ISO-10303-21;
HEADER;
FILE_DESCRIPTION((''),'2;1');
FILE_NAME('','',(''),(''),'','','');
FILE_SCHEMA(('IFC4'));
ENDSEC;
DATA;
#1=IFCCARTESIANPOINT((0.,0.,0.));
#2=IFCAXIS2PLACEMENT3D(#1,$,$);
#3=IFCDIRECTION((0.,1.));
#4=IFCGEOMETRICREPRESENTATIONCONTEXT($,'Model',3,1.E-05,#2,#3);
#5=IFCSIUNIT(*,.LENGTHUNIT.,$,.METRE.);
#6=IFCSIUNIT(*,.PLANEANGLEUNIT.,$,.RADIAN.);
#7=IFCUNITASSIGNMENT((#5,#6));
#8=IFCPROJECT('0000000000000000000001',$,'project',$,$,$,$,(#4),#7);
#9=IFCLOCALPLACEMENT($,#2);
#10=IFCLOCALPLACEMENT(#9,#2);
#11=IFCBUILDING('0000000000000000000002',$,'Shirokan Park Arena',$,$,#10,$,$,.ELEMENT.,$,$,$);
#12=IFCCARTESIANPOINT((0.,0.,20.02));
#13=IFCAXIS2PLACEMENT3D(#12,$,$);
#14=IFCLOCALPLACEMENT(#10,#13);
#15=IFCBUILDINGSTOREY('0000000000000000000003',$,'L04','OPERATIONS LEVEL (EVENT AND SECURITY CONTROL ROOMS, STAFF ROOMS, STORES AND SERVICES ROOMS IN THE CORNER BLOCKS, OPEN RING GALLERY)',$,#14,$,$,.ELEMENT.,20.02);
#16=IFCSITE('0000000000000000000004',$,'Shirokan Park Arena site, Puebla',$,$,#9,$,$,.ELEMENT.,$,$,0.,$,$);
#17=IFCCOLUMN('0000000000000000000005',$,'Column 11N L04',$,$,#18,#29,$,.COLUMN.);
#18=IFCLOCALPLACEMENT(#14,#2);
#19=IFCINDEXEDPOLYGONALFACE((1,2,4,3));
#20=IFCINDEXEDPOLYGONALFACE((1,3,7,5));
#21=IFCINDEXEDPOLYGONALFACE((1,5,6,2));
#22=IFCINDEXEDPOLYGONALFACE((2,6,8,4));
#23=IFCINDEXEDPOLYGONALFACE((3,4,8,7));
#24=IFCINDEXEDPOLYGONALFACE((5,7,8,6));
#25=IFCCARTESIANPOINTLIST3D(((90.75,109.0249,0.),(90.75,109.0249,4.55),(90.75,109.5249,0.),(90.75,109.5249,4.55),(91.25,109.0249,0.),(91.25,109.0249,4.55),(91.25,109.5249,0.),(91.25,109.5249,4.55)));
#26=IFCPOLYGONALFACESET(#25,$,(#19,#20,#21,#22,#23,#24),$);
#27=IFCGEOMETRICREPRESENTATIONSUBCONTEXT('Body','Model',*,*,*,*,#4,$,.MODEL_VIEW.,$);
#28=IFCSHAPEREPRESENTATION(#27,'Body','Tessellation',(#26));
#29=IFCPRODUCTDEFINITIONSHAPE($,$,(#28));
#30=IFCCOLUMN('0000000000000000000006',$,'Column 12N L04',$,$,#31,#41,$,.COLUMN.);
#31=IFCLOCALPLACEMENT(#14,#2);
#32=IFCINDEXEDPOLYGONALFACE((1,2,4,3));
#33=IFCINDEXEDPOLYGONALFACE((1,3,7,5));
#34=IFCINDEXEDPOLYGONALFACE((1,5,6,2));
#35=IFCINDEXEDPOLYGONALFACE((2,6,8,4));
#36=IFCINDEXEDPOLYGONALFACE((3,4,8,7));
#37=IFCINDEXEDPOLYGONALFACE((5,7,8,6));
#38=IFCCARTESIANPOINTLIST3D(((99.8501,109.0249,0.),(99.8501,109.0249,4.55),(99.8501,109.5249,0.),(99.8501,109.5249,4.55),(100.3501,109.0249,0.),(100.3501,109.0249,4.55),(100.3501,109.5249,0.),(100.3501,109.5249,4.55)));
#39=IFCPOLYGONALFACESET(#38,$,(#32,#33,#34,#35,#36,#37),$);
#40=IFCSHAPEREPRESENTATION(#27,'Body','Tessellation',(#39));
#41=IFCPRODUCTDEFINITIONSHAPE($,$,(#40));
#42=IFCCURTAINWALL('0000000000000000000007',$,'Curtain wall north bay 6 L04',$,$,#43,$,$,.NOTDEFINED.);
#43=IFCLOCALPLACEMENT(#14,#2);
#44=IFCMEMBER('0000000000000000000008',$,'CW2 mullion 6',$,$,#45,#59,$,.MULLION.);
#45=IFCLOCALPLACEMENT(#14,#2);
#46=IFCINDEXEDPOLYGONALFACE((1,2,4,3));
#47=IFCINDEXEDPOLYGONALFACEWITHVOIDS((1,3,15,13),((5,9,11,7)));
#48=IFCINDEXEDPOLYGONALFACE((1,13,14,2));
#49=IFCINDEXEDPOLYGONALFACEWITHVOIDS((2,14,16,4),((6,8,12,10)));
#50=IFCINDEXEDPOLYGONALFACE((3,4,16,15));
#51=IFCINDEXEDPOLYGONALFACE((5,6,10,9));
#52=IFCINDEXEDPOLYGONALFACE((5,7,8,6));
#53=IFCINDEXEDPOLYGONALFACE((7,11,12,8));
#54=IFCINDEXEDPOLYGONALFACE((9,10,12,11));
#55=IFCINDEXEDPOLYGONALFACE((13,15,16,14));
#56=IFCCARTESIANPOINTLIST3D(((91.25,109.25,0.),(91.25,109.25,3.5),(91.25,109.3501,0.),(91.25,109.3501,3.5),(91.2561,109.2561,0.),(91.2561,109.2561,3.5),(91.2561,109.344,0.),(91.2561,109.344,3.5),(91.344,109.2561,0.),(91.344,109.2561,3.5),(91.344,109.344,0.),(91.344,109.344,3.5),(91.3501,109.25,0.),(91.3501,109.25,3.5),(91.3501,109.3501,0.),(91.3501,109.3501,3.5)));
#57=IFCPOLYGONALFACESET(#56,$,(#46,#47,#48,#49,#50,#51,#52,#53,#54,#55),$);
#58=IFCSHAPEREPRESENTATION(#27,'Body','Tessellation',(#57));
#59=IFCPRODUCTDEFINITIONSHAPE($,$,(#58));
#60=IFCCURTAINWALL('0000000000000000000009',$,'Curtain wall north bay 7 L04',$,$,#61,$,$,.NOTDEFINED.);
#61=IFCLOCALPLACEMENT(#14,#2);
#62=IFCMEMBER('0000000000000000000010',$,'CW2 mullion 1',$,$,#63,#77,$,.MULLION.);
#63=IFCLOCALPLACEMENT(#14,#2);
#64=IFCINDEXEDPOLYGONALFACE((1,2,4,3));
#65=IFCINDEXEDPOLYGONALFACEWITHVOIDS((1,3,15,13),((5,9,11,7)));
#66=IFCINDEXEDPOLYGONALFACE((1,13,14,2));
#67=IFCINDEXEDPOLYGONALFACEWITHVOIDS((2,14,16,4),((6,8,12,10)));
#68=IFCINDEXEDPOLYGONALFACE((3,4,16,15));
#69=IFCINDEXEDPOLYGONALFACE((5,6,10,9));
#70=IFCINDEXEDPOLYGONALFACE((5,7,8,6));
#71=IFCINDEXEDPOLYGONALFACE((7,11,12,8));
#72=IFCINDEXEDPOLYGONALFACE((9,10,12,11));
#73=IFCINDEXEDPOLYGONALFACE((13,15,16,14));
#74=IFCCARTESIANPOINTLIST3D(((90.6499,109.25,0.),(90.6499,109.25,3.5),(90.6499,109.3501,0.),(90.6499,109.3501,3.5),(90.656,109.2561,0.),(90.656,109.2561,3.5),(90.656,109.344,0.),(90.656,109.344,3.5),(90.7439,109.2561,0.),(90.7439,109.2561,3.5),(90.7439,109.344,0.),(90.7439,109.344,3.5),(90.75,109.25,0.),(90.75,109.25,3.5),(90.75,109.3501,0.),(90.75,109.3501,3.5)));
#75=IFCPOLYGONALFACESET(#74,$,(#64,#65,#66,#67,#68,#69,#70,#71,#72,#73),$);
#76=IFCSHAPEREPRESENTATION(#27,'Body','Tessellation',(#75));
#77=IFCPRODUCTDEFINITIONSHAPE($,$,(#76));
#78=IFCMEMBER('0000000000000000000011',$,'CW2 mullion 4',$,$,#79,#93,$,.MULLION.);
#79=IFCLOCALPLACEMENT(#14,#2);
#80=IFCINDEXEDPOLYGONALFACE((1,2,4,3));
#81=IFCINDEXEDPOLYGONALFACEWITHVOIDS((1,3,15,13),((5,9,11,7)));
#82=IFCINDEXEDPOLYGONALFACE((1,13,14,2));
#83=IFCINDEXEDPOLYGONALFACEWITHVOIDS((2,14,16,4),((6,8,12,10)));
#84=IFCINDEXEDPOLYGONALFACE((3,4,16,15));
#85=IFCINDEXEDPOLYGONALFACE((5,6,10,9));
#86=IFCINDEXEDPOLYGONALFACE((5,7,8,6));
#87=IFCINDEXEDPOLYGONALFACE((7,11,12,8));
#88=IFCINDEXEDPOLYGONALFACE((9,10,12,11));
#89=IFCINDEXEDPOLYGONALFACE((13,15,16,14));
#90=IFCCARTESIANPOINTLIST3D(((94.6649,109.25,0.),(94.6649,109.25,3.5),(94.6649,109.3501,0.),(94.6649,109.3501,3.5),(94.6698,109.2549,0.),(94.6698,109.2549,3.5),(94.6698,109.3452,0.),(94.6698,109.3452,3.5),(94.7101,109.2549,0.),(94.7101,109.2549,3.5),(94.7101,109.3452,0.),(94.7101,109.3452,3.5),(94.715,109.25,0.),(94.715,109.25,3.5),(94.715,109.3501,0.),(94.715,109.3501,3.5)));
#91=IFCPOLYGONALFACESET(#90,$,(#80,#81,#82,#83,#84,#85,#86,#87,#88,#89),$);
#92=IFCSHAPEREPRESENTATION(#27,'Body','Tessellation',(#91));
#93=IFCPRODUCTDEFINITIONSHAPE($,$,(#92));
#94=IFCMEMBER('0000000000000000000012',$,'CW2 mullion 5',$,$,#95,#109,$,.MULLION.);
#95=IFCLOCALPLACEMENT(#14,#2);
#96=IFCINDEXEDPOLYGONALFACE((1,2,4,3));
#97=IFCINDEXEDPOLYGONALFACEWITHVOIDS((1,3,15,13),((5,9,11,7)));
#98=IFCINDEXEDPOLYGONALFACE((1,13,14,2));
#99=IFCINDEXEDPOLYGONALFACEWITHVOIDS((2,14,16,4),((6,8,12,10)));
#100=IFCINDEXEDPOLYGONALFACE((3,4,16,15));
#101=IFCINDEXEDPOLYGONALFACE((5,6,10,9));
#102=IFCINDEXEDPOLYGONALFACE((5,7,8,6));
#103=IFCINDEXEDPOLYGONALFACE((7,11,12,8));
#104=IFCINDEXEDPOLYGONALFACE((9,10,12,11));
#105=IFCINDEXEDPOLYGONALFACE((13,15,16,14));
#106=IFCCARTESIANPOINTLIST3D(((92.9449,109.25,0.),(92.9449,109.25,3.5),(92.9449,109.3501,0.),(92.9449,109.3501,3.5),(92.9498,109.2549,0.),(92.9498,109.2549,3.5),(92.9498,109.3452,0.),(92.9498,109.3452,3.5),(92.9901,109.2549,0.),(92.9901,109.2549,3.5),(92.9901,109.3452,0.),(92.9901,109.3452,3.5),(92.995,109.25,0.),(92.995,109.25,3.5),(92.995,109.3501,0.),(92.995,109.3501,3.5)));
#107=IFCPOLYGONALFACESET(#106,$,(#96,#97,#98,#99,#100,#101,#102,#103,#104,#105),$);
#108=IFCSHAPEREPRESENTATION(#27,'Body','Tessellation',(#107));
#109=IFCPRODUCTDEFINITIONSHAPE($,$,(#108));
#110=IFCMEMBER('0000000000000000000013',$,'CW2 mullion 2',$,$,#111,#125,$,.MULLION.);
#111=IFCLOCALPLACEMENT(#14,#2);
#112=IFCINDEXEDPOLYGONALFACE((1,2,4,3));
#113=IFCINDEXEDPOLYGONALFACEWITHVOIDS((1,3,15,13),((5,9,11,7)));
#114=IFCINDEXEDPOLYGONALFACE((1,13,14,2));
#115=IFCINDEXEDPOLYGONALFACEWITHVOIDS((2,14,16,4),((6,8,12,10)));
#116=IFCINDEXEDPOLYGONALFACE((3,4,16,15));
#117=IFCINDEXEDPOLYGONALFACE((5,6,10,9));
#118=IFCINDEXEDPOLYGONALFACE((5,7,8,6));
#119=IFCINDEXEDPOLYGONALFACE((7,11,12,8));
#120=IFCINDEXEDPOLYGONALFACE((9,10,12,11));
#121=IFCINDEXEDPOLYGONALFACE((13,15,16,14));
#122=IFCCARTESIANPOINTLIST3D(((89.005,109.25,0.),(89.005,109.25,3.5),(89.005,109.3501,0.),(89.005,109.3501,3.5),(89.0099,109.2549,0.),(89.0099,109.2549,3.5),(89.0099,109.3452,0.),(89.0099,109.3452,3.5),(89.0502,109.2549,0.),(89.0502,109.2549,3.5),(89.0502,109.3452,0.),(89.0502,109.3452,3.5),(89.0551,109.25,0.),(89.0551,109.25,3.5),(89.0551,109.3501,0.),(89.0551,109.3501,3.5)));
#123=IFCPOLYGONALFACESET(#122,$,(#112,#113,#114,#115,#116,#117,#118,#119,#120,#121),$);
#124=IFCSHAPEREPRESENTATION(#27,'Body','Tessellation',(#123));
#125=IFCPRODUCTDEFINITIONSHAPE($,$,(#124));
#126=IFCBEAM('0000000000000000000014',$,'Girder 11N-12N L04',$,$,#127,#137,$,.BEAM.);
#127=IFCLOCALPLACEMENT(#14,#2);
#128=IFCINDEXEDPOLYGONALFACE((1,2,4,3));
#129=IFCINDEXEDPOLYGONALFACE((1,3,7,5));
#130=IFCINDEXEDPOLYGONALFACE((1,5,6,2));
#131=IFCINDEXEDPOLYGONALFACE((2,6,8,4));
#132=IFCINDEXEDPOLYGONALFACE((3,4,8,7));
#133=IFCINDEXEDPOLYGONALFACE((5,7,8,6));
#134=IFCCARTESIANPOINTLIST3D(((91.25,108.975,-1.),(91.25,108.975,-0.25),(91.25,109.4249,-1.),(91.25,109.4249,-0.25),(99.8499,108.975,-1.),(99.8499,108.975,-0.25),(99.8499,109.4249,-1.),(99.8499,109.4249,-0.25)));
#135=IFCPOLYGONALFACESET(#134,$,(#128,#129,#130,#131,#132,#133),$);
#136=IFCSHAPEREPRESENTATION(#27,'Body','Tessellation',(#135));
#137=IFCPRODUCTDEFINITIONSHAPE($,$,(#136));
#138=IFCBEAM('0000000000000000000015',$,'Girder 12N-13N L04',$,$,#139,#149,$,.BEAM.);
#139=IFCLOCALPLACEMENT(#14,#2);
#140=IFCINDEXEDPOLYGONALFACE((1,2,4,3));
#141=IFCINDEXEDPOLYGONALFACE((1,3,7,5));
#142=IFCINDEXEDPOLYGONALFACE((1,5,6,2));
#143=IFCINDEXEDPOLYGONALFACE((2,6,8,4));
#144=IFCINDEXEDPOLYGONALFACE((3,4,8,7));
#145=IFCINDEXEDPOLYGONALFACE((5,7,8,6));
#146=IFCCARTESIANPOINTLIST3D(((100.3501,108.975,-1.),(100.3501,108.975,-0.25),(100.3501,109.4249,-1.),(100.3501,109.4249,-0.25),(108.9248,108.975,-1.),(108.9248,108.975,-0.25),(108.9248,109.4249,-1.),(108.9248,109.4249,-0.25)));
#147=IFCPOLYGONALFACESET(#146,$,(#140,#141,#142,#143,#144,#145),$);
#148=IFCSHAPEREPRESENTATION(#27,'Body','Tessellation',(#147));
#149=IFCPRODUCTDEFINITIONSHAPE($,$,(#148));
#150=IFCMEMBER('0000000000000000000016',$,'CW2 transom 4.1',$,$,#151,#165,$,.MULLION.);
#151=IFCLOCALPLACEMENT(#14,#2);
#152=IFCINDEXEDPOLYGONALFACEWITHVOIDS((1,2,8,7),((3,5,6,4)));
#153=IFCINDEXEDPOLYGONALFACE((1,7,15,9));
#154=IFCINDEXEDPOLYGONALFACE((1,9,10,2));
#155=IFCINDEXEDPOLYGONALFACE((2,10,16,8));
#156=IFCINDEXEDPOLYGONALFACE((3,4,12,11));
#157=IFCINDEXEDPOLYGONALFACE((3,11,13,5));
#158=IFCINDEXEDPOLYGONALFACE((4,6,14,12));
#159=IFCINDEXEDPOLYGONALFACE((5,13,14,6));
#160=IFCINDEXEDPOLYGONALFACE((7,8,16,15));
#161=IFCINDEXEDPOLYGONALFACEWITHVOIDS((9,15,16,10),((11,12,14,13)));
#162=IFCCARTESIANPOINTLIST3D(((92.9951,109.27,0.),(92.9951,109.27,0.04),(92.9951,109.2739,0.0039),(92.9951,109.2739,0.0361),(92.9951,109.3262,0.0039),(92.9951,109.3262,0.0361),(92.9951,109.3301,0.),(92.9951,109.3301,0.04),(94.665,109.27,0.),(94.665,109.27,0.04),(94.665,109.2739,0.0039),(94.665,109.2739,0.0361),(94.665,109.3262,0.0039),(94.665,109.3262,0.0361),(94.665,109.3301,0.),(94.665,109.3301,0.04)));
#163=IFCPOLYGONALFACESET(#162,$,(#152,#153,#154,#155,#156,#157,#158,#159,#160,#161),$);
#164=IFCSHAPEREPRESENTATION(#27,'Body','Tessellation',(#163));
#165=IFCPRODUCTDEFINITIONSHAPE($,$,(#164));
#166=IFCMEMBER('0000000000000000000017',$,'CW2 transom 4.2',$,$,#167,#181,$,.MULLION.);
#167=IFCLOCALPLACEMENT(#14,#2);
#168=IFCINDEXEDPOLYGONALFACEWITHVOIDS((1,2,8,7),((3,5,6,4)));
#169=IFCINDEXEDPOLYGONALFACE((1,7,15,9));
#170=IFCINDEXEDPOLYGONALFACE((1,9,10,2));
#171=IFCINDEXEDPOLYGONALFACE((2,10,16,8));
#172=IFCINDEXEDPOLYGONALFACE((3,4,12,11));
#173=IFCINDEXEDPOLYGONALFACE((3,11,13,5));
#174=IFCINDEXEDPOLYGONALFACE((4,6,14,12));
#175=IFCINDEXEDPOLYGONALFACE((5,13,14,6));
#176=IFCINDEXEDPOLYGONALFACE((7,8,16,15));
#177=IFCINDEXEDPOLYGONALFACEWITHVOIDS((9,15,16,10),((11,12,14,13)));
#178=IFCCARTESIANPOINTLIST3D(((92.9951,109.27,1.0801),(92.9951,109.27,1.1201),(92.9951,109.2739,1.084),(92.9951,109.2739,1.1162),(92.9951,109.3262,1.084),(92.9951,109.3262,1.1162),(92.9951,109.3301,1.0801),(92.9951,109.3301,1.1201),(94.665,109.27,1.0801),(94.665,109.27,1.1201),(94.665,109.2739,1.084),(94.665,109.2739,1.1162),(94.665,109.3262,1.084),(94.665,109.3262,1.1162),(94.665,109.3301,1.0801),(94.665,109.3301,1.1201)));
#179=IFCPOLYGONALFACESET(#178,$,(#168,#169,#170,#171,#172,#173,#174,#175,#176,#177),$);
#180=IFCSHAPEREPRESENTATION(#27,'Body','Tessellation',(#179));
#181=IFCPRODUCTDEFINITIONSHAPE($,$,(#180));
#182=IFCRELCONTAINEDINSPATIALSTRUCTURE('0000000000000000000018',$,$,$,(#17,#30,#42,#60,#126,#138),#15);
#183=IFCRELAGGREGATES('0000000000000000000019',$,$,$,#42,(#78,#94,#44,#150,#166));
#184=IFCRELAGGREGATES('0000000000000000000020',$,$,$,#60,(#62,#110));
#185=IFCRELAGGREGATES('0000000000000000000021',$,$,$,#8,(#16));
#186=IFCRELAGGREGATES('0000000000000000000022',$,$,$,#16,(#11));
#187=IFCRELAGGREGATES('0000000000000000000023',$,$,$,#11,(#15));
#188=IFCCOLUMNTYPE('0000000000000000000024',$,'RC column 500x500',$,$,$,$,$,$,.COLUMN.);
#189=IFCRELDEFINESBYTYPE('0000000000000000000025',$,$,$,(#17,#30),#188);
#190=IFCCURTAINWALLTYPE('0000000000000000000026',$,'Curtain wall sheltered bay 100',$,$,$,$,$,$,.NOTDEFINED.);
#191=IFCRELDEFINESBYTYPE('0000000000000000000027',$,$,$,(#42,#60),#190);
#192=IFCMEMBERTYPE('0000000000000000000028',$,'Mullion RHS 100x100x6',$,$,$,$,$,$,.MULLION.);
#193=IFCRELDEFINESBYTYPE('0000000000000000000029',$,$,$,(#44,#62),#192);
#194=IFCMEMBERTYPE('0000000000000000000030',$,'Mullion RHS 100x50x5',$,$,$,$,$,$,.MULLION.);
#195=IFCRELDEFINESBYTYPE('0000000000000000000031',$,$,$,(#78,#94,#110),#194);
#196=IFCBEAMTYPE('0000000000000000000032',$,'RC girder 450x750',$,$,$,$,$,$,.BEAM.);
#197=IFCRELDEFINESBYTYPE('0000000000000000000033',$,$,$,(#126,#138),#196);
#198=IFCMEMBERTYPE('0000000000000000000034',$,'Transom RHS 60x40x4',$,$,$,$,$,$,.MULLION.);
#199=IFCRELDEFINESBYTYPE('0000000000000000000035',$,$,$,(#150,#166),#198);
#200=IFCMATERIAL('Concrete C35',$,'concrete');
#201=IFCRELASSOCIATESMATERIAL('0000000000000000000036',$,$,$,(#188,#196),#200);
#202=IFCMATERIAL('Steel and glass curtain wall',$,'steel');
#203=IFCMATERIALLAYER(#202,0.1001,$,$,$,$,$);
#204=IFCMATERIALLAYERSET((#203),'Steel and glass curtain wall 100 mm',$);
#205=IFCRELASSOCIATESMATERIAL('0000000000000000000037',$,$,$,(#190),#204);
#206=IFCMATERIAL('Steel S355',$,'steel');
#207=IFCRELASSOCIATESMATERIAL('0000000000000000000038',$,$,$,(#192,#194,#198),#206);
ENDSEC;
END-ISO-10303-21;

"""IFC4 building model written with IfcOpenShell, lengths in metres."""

from ifc_helpers import new_model, si_unit, direction, frame, origin, origin_2d, place, context, subcontext, project, spatial, rectangle, hollow_rectangle, extrude, material, layer, layer_set, material_profile, profile_set, type_object, element, aggregate, save


model = new_model("IFC4")

# Units and contexts
model_context = context("Model", 3, precision=1e-05, world=origin(), true_north=direction((0.0, 1.0)))
body_context = subcontext(model_context, "Body", "Model", "MODEL_VIEW")
ifc_project = project(units=[si_unit("LENGTHUNIT", "METRE"), si_unit("PLANEANGLEUNIT", "RADIAN")], contexts=[model_context])

# Site, building, storey
site_placement = place(None, origin())
site = spatial("IfcSite", under=ifc_project, at=site_placement, Name="Shirokan Park Arena site, Puebla", CompositionType="ELEMENT", RefElevation=0.0)
building_placement = place(site_placement, origin())
building = spatial("IfcBuilding", under=site, at=building_placement, Name="Shirokan Park Arena", CompositionType="ELEMENT")
storey_placement = place(building_placement, frame((0.0, 0.0, 20.02)))
storey = spatial("IfcBuildingStorey", under=building, at=storey_placement, Name="L04", Description="OPERATIONS LEVEL (EVENT AND SECURITY CONTROL ROOMS, STAFF ROOMS, STORES AND SERVICES ROOMS IN THE CORNER BLOCKS, OPEN RING GALLERY)", CompositionType="ELEMENT", Elevation=20.02)

# Columns
ifc_material_1 = material(Name="Concrete C35", Category="concrete")
ifc_material_profile_1 = material_profile(ifc_material_1, rectangle(XDim=0.5, YDim=0.5, at=origin_2d()), Name="500x500")
ifc_profile_set_1 = profile_set([ifc_material_profile_1], Name="Concrete C35")
column_type = type_object("IfcColumnType", Name="RC column 500x500", PredefinedType="COLUMN", material=ifc_profile_set_1)
for number, where, z_axis, x_axis, name in (
    (1, (91.0, 109.2749, 0.0), (0.0, 0.0, 1.0), (1.0, 0.0, 0.0), "Column 11N L04"),
    (2, (100.1001, 109.2749, 0.0), (0.0, 0.0, 1.0), (1.0, 0.0, 0.0), "Column 12N L04"),
):
    element("IfcColumn", number, at=place(storey_placement, frame(where, z_axis=z_axis, x_axis=x_axis)), inside=storey, type_object=column_type, Name=name, PredefinedType="COLUMN", context=body_context, shape_type="SweptSolid", body=[
        extrude(rectangle(XDim=0.5, YDim=0.5, at=origin_2d()), origin(), (0.0, 0.0, 1.0), 4.55),
    ])

# Curtain walls, members
ifc_material_2 = material(Name="Steel and glass curtain wall", Category="steel")
ifc_layer_1 = layer(ifc_material_2, 0.1001)
ifc_layer_set_1 = layer_set([ifc_layer_1], Name="Steel and glass curtain wall 100 mm")
curtain_wall_type = type_object("IfcCurtainWallType", Name="Curtain wall sheltered bay 100", PredefinedType="NOTDEFINED", material=ifc_layer_set_1)
curtain_wall_1_placement = place(storey_placement, origin())
curtain_wall_1 = element("IfcCurtainWall", 3, at=curtain_wall_1_placement, inside=storey, type_object=curtain_wall_type, Name="Curtain wall north bay 6 L04", PredefinedType="NOTDEFINED")
ifc_material_3 = material(Name="Steel S355", Category="steel")
ifc_material_profile_2 = material_profile(ifc_material_3, hollow_rectangle(XDim=0.1001, YDim=0.1001, WallThickness=0.0061, at=origin_2d()), Name="RHS 100x100x6")
ifc_profile_set_2 = profile_set([ifc_material_profile_2], Name="Steel S355")
member_type_1 = type_object("IfcMemberType", Name="Mullion RHS 100x100x6", PredefinedType="MULLION", material=ifc_profile_set_2)
member_1_placement = place(storey_placement, frame((91.3, 109.3, 0.0), z_axis=(0.0, 0.0, 1.0), x_axis=(0.0, -1.0, 0.0)))
member_1 = element("IfcMember", 4, at=member_1_placement, type_object=member_type_1, Name="CW2 mullion 6", PredefinedType="MULLION", context=body_context, shape_type="SweptSolid", body=[
    extrude(hollow_rectangle(XDim=0.1001, YDim=0.1001, WallThickness=0.0061, at=origin_2d()), origin(), (0.0, 0.0, 1.0), 3.5),
])
curtain_wall_2_placement = place(storey_placement, origin())
curtain_wall_2 = element("IfcCurtainWall", 5, at=curtain_wall_2_placement, inside=storey, type_object=curtain_wall_type, Name="Curtain wall north bay 7 L04", PredefinedType="NOTDEFINED")
member_2_placement = place(storey_placement, frame((90.7, 109.3, 0.0), z_axis=(0.0, 0.0, 1.0), x_axis=(0.0, -1.0, 0.0)))
member_2 = element("IfcMember", 6, at=member_2_placement, type_object=member_type_1, Name="CW2 mullion 1", PredefinedType="MULLION", context=body_context, shape_type="SweptSolid", body=[
    extrude(hollow_rectangle(XDim=0.1001, YDim=0.1001, WallThickness=0.0061, at=origin_2d()), origin(), (0.0, 0.0, 1.0), 3.5),
])

# Members
ifc_material_profile_3 = material_profile(ifc_material_3, hollow_rectangle(XDim=0.1001, YDim=0.05, WallThickness=0.0049, at=origin_2d()), Name="RHS 100x50x5")
ifc_profile_set_3 = profile_set([ifc_material_profile_3], Name="Steel S355")
member_type_2 = type_object("IfcMemberType", Name="Mullion RHS 100x50x5", PredefinedType="MULLION", material=ifc_profile_set_3)
member_3_placement = place(storey_placement, frame((94.6899, 109.3, 0.0), z_axis=(0.0, 0.0, 1.0), x_axis=(0.0, -1.0, 0.0)))
member_3 = element("IfcMember", 7, at=member_3_placement, type_object=member_type_2, Name="CW2 mullion 4", PredefinedType="MULLION", context=body_context, shape_type="SweptSolid", body=[
    extrude(hollow_rectangle(XDim=0.1001, YDim=0.05, WallThickness=0.0049, at=origin_2d()), origin(), (0.0, 0.0, 1.0), 3.5),
])
member_4_placement = place(storey_placement, frame((92.97, 109.3, 0.0), z_axis=(0.0, 0.0, 1.0), x_axis=(0.0, -1.0, 0.0)))
member_4 = element("IfcMember", 8, at=member_4_placement, type_object=member_type_2, Name="CW2 mullion 5", PredefinedType="MULLION", context=body_context, shape_type="SweptSolid", body=[
    extrude(hollow_rectangle(XDim=0.1001, YDim=0.05, WallThickness=0.0049, at=origin_2d()), origin(), (0.0, 0.0, 1.0), 3.5),
])
member_5_placement = place(storey_placement, frame((89.03, 109.3, 0.0), z_axis=(0.0, 0.0, 1.0), x_axis=(0.0, -1.0, 0.0)))
member_5 = element("IfcMember", 9, at=member_5_placement, type_object=member_type_2, Name="CW2 mullion 2", PredefinedType="MULLION", context=body_context, shape_type="SweptSolid", body=[
    extrude(hollow_rectangle(XDim=0.1001, YDim=0.05, WallThickness=0.0049, at=origin_2d()), origin(), (0.0, 0.0, 1.0), 3.5),
])

# Beams
ifc_material_profile_4 = material_profile(ifc_material_1, rectangle(XDim=0.45, YDim=0.75, at=origin_2d()), Name="450x750")
ifc_profile_set_4 = profile_set([ifc_material_profile_4], Name="Concrete C35")
beam_type = type_object("IfcBeamType", Name="RC girder 450x750", PredefinedType="BEAM", material=ifc_profile_set_4)
beam_1_placement = place(storey_placement, frame((91.25, 109.2, -0.625), z_axis=(1.0, 0.0, 0.0), x_axis=(0.0, 1.0, 0.0)))
element("IfcBeam", 10, at=beam_1_placement, inside=storey, type_object=beam_type, Name="Girder 11N-12N L04", PredefinedType="BEAM", context=body_context, shape_type="SweptSolid", body=[
    extrude(rectangle(XDim=0.45, YDim=0.75, at=origin_2d()), origin(), (0.0, 0.0, 1.0), 8.5999),
])
beam_2_placement = place(storey_placement, frame((100.3501, 109.2, -0.625), z_axis=(1.0, 0.0, 0.0), x_axis=(0.0, 1.0, 0.0)))
element("IfcBeam", 11, at=beam_2_placement, inside=storey, type_object=beam_type, Name="Girder 12N-13N L04", PredefinedType="BEAM", context=body_context, shape_type="SweptSolid", body=[
    extrude(rectangle(XDim=0.45, YDim=0.75, at=origin_2d()), origin(), (0.0, 0.0, 1.0), 8.5747),
])

# Members
ifc_material_profile_5 = material_profile(ifc_material_3, hollow_rectangle(XDim=0.0601, YDim=0.04, WallThickness=0.0039, at=origin_2d()), Name="RHS 60x40x4")
ifc_profile_set_5 = profile_set([ifc_material_profile_5], Name="Steel S355")
member_type_3 = type_object("IfcMemberType", Name="Transom RHS 60x40x4", PredefinedType="MULLION", material=ifc_profile_set_5)
member_6_placement = place(storey_placement, frame((94.665, 109.3, 0.02), z_axis=(-1.0, 0.0, 0.0), x_axis=(0.0, -1.0, 0.0)))
member_6 = element("IfcMember", 12, at=member_6_placement, type_object=member_type_3, Name="CW2 transom 4.1", PredefinedType="MULLION", context=body_context, shape_type="SweptSolid", body=[
    extrude(hollow_rectangle(XDim=0.0601, YDim=0.04, WallThickness=0.0039, at=origin_2d()), origin(), (0.0, 0.0, 1.0), 1.6699),
])
member_7_placement = place(storey_placement, frame((94.665, 109.3, 1.1001), z_axis=(-1.0, 0.0, 0.0), x_axis=(0.0, -1.0, 0.0)))
member_7 = element("IfcMember", 13, at=member_7_placement, type_object=member_type_3, Name="CW2 transom 4.2", PredefinedType="MULLION", context=body_context, shape_type="SweptSolid", body=[
    extrude(hollow_rectangle(XDim=0.0601, YDim=0.04, WallThickness=0.0039, at=origin_2d()), origin(), (0.0, 0.0, 1.0), 1.6699),
])

aggregate(curtain_wall_1, [member_3, member_4, member_1, member_6, member_7])
aggregate(curtain_wall_2, [member_2, member_5])

save(model, "model.ifc")
